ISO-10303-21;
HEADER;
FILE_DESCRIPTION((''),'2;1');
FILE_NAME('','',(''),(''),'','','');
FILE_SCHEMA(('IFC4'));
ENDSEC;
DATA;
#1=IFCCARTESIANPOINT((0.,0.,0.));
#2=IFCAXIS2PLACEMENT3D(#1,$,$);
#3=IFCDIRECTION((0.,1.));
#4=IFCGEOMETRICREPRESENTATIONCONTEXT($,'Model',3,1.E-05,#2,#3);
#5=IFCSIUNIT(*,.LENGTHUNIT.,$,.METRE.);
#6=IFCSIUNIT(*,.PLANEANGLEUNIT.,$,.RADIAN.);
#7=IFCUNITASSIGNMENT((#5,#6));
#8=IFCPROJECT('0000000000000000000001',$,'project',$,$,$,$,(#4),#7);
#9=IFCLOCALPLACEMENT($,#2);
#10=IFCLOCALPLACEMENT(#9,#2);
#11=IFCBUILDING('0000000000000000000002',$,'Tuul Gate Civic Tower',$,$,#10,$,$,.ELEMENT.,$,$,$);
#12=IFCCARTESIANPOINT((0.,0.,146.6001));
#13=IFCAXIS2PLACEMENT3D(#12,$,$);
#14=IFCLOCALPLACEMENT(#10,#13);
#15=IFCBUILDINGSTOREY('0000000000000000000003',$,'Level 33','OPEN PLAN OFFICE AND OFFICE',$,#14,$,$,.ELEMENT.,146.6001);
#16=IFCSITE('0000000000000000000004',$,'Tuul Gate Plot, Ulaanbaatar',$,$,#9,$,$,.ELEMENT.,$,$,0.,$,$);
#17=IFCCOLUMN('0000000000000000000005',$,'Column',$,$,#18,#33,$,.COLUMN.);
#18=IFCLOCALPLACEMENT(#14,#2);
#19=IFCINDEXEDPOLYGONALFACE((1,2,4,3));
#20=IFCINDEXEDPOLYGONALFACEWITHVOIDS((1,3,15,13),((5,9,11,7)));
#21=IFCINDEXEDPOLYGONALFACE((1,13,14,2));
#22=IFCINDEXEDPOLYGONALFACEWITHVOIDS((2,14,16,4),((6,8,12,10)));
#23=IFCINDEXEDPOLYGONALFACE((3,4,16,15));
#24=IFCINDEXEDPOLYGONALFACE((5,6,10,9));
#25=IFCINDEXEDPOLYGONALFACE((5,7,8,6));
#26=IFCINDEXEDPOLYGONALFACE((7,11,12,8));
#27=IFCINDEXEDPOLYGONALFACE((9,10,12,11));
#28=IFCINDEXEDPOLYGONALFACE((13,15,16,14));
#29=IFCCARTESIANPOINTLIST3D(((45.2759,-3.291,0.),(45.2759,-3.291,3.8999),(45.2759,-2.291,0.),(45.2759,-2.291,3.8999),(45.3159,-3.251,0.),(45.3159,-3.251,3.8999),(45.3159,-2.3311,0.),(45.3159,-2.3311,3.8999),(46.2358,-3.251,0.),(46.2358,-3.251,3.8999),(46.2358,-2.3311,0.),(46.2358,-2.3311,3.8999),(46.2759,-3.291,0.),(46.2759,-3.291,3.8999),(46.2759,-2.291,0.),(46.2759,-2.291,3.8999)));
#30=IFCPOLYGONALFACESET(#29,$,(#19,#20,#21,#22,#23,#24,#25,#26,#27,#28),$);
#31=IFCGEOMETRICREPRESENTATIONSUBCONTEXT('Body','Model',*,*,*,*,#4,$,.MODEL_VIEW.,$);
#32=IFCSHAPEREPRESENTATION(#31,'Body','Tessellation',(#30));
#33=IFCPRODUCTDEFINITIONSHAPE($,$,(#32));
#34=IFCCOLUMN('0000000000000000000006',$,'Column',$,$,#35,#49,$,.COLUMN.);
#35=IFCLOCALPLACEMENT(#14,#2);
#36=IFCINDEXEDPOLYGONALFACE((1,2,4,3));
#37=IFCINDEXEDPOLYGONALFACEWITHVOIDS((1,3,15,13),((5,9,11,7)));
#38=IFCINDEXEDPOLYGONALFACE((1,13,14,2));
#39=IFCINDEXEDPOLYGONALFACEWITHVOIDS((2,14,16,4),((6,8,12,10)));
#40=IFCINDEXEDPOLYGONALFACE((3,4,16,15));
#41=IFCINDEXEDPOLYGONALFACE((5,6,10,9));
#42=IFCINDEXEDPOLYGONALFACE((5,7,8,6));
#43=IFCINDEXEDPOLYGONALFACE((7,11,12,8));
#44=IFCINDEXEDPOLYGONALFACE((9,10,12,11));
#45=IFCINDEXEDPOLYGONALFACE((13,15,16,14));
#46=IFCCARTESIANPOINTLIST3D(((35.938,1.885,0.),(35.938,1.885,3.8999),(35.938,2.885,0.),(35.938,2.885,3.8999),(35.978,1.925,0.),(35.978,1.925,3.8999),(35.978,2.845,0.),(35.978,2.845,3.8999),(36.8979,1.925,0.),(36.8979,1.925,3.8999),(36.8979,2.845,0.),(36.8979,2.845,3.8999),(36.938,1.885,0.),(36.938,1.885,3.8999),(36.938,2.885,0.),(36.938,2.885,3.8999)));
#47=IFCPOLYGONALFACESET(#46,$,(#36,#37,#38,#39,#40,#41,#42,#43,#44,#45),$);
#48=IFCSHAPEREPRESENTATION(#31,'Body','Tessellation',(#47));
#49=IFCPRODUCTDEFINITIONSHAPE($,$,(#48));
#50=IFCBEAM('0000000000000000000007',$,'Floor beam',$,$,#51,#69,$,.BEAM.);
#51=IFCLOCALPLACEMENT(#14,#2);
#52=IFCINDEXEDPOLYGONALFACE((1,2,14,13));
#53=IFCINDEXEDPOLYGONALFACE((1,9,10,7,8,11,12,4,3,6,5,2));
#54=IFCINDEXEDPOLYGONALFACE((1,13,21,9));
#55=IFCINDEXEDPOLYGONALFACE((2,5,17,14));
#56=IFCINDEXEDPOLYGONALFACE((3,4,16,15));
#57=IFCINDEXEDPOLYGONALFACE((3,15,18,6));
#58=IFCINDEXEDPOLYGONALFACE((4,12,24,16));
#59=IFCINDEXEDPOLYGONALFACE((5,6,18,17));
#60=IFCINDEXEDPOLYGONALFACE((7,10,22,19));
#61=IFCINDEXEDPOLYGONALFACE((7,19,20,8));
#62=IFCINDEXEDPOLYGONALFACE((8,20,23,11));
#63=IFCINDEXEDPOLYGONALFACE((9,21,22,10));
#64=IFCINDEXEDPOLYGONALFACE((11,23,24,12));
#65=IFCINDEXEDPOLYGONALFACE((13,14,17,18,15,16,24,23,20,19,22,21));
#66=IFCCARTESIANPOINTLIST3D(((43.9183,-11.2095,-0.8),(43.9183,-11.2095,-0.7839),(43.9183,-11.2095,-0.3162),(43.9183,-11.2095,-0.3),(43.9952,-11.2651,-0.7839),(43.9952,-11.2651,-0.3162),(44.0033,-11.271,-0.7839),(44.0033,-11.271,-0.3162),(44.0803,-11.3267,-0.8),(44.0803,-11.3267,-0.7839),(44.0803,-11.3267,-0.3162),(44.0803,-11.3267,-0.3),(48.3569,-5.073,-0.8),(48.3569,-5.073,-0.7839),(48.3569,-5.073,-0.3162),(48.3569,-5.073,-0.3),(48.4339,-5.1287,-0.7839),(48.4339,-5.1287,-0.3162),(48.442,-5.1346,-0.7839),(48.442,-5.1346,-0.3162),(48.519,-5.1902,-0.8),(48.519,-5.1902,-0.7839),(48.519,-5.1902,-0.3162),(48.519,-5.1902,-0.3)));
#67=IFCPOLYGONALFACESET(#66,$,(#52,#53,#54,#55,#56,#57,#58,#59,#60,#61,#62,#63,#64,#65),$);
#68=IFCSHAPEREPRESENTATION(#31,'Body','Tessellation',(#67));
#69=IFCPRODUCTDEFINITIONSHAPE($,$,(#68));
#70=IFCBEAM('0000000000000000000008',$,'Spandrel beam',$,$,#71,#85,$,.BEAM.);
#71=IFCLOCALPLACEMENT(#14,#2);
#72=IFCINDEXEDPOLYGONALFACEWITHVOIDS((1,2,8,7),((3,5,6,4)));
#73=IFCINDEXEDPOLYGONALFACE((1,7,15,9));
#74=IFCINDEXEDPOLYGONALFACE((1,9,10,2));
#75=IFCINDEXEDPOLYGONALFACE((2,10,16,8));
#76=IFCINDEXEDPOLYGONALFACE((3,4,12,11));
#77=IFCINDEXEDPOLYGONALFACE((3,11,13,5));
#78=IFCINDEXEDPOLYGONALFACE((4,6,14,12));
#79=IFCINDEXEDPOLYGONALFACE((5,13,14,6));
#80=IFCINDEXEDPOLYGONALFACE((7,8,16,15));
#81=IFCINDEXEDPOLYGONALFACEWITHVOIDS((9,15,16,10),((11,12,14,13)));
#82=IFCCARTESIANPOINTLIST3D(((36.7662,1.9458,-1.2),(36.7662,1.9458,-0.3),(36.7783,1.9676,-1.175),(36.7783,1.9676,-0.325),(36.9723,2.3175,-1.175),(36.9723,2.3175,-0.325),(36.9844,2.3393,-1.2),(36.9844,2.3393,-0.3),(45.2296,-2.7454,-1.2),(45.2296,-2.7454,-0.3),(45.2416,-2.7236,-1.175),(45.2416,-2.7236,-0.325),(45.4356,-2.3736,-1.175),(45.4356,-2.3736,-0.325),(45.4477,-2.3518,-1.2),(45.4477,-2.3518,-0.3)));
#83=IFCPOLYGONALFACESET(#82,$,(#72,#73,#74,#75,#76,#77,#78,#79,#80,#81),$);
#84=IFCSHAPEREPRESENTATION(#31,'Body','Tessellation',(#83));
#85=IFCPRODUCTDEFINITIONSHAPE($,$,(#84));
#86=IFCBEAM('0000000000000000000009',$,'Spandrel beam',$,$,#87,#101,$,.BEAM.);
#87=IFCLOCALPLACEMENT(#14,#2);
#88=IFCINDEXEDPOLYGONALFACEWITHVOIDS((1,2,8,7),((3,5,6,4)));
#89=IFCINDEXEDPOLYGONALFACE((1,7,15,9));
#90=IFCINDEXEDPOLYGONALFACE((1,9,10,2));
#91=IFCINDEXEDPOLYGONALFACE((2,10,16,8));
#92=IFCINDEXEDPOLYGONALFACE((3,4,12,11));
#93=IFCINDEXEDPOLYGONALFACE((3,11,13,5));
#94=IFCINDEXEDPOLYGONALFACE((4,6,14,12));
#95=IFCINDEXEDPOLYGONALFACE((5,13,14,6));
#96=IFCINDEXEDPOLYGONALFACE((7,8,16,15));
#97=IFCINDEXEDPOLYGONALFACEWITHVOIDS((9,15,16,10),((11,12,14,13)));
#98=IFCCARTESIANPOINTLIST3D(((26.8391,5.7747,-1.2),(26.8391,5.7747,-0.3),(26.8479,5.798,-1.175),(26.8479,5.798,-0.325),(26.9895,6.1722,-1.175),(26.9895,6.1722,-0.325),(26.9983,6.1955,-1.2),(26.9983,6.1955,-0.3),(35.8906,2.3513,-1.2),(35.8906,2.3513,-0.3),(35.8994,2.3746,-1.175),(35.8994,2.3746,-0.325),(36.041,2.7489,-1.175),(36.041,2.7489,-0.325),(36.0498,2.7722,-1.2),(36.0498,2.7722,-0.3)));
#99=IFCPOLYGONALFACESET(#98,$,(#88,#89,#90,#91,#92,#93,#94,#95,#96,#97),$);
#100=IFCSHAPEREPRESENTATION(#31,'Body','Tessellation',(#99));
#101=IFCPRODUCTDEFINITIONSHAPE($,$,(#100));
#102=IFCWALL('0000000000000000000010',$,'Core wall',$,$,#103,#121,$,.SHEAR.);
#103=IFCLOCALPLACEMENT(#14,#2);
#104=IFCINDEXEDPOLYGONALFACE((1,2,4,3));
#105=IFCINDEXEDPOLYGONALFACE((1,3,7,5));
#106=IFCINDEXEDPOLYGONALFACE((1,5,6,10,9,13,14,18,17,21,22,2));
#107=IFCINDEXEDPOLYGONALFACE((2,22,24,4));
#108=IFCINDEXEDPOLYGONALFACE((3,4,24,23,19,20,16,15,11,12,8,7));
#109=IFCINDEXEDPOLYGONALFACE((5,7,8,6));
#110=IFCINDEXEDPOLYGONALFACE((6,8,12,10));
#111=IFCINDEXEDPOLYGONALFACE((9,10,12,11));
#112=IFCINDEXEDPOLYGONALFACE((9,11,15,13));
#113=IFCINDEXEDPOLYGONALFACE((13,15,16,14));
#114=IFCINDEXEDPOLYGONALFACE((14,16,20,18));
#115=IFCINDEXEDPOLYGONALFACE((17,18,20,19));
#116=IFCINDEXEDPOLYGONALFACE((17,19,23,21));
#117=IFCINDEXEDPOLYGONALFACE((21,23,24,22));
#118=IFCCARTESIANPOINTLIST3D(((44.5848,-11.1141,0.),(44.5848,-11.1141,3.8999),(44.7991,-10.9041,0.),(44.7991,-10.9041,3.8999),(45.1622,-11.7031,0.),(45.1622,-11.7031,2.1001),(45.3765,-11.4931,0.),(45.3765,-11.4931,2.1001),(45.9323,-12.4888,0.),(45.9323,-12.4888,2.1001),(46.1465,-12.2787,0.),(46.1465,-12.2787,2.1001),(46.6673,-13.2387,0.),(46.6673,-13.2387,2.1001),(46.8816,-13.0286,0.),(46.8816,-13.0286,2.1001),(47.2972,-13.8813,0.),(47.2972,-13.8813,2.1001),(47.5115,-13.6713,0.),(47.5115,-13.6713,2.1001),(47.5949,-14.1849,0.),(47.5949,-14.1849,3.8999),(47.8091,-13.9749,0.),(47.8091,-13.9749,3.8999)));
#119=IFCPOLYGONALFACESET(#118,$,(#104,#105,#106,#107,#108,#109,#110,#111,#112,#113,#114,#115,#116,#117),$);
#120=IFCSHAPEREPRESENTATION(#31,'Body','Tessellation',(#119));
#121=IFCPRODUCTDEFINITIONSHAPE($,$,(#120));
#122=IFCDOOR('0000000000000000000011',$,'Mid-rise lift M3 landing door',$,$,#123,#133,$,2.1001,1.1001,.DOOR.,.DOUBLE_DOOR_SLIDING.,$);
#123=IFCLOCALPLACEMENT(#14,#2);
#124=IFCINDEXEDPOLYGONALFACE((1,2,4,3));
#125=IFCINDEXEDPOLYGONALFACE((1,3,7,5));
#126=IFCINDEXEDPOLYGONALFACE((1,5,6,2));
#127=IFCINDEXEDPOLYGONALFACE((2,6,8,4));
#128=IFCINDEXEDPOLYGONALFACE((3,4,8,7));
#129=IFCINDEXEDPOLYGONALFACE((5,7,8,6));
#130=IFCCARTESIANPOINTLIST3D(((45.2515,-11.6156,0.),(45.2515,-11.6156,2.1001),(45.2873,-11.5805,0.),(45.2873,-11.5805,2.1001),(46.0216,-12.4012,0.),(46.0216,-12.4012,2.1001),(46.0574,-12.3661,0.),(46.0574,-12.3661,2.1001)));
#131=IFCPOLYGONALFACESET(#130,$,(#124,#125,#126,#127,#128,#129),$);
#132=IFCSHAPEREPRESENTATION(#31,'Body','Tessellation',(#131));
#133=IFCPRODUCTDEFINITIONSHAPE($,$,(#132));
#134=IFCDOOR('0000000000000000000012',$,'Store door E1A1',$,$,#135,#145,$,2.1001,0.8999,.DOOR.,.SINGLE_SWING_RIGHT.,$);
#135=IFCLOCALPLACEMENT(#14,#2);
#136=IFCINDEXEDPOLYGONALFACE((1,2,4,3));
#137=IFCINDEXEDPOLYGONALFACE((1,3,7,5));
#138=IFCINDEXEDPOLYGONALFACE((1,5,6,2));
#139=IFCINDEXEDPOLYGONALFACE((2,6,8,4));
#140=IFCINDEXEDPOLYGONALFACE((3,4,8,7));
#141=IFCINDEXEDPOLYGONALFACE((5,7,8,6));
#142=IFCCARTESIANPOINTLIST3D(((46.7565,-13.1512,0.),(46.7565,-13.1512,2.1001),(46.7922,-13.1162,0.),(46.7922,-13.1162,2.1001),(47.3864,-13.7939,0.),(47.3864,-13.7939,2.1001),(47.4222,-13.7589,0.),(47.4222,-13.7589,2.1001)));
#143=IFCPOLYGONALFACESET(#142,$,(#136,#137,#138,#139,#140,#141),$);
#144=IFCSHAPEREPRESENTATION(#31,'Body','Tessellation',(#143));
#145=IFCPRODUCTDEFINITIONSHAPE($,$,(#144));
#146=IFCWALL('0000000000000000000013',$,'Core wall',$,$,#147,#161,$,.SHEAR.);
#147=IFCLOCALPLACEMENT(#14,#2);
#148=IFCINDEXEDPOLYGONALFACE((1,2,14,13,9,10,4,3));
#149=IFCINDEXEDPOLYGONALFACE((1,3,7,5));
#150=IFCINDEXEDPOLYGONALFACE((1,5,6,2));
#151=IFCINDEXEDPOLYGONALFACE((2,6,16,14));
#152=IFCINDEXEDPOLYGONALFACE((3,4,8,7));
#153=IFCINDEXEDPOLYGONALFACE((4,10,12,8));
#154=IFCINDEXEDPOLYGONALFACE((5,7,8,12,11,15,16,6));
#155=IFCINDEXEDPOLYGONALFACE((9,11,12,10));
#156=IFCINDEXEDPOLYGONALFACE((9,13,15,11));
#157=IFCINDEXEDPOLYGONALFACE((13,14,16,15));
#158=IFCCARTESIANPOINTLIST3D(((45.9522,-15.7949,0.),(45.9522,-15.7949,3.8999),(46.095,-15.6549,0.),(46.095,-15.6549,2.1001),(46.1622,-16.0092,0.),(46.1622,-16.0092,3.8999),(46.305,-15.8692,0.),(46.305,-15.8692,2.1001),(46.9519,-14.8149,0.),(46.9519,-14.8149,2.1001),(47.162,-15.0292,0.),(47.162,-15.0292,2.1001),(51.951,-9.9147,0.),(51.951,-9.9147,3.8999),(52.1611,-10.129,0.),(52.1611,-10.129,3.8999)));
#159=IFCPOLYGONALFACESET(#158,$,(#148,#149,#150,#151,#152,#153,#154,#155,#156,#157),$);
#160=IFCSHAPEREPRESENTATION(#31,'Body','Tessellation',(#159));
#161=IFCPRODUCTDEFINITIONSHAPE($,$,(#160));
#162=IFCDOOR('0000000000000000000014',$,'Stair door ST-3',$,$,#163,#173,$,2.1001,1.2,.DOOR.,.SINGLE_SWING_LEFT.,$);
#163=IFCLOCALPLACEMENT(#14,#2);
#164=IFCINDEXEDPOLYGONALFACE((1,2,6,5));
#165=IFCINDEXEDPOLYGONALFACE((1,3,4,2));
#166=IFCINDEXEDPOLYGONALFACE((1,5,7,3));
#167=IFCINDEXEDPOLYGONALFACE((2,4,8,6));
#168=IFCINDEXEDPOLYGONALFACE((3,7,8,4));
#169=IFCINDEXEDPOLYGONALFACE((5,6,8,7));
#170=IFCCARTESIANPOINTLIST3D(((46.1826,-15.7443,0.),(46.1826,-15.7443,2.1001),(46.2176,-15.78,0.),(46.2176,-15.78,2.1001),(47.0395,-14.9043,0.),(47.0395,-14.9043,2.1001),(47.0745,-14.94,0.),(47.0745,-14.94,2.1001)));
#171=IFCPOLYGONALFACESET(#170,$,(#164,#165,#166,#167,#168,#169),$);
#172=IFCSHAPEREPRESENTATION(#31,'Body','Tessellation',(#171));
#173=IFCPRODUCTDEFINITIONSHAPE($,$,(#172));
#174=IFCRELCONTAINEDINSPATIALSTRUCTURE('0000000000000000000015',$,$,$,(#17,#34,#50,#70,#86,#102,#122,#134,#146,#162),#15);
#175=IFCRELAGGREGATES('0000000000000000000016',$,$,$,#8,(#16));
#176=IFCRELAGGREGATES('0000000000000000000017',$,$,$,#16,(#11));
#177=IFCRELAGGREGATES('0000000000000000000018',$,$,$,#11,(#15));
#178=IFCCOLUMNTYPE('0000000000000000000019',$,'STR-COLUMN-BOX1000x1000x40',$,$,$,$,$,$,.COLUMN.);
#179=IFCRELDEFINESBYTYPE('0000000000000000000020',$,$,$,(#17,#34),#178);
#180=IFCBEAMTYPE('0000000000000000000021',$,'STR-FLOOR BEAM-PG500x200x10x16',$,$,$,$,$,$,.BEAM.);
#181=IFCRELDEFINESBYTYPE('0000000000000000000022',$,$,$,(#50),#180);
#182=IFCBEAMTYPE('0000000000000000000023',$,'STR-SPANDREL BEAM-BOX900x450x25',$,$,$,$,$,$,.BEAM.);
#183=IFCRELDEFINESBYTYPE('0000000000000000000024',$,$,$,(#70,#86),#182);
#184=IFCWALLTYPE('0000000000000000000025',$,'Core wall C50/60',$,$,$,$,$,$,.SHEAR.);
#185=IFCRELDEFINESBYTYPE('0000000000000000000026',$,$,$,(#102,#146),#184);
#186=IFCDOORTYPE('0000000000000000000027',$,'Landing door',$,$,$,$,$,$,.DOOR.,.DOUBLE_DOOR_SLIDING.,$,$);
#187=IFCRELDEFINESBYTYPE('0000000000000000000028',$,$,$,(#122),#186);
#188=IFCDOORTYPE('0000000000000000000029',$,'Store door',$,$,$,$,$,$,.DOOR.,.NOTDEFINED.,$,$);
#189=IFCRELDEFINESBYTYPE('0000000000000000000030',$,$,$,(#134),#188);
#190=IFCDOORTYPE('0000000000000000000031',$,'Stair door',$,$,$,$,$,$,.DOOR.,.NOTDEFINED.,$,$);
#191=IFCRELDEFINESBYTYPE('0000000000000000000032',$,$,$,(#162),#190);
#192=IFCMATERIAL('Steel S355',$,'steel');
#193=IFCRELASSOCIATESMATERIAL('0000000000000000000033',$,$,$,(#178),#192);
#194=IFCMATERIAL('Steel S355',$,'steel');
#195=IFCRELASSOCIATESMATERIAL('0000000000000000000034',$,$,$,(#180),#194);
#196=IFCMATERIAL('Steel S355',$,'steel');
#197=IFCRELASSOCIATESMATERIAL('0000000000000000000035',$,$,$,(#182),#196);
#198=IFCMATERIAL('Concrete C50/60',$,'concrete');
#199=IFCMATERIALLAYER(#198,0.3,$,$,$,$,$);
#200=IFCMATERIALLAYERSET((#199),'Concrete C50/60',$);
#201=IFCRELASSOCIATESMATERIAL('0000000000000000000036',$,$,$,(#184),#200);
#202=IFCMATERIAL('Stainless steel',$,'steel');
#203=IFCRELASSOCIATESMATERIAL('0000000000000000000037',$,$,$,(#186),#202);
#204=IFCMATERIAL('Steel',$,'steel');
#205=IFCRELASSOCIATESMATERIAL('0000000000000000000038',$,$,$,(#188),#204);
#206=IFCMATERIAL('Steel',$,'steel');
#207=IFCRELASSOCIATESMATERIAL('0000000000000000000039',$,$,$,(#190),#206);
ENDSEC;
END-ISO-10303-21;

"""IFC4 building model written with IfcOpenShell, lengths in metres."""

from ifc_helpers import new_model, si_unit, direction, frame, frame_2d, origin, origin_2d, place, context, subcontext, project, spatial, rectangle, hollow_rectangle, i_section, extrude, material, layer, layer_set, material_profile, profile_set, type_object, element, fill, save


model = new_model("IFC4")

# Units and contexts
model_context = context("Model", 3, precision=1e-05, world=origin(), true_north=direction((0.0, 1.0)))
body_context = subcontext(model_context, "Body", "Model", "MODEL_VIEW")
ifc_project = project(units=[si_unit("LENGTHUNIT", "METRE"), si_unit("PLANEANGLEUNIT", "RADIAN")], contexts=[model_context])

# Site, building, storey
site_placement = place(None, origin())
site = spatial("IfcSite", under=ifc_project, at=site_placement, Name="Tuul Gate Plot, Ulaanbaatar", CompositionType="ELEMENT", RefElevation=0.0)
building_placement = place(site_placement, origin())
building = spatial("IfcBuilding", under=site, at=building_placement, Name="Tuul Gate Civic Tower", CompositionType="ELEMENT")
storey_placement = place(building_placement, frame((0.0, 0.0, 146.6001)))
storey = spatial("IfcBuildingStorey", under=building, at=storey_placement, Name="Level 33", Description="OPEN PLAN OFFICE AND OFFICE", CompositionType="ELEMENT", Elevation=146.6001)

# Columns
ifc_material_1 = material(Name="Steel S355", Category="steel")
ifc_material_profile_1 = material_profile(ifc_material_1, hollow_rectangle(XDim=1.0, YDim=1.0, WallThickness=0.04, at=origin_2d()), Name="BOX1000x1000x40")
ifc_profile_set_1 = profile_set([ifc_material_profile_1], Name="Steel S355")
column_type = type_object("IfcColumnType", Name="STR-COLUMN-BOX1000x1000x40", PredefinedType="COLUMN", material=ifc_profile_set_1)
for number, where, z_axis, x_axis, name in (
    (1, (45.7759, -2.791, 0.0), (0.0, 0.0, 1.0), (1.0, 0.0, 0.0), "Column"),
    (2, (36.438, 2.385, 0.0), (0.0, 0.0, 1.0), (1.0, 0.0, 0.0), "Column"),
):
    element("IfcColumn", number, at=place(storey_placement, frame(where, z_axis=z_axis, x_axis=x_axis)), inside=storey, type_object=column_type, Name=name, PredefinedType="COLUMN", context=body_context, shape_type="SweptSolid", body=[
        extrude(hollow_rectangle(XDim=1.0, YDim=1.0, WallThickness=0.04, at=origin_2d()), origin(), (0.0, 0.0, 1.0), 3.8999),
    ])

# Beams
ifc_material_2 = material(Name="Steel S355", Category="steel")
ifc_material_profile_2 = material_profile(ifc_material_2, i_section(OverallWidth=0.2, OverallDepth=0.5, WebThickness=0.01, FlangeThickness=0.0161, at=origin_2d()), Name="PG500x200x10x16")
ifc_profile_set_2 = profile_set([ifc_material_profile_2], Name="Steel S355")
beam_type_1 = type_object("IfcBeamType", Name="STR-FLOOR BEAM-PG500x200x10x16", PredefinedType="BEAM", material=ifc_profile_set_2)
beam_1_placement = place(storey_placement, frame((43.9993, -11.2681, -0.55), z_axis=(0.586082, 0.810251, 0.0), x_axis=(-0.810251, 0.586082, 0.0)))
element("IfcBeam", 3, at=beam_1_placement, inside=storey, type_object=beam_type_1, Name="Floor beam", PredefinedType="BEAM", context=body_context, shape_type="SweptSolid", body=[
    extrude(i_section(OverallWidth=0.2, OverallDepth=0.5, WebThickness=0.01, FlangeThickness=0.0161, at=origin_2d()), origin(), (0.0, 0.0, 1.0), 7.5735),
])
ifc_material_3 = material(Name="Steel S355", Category="steel")
ifc_material_profile_3 = material_profile(ifc_material_3, hollow_rectangle(XDim=0.45, YDim=0.8999, WallThickness=0.0249, at=origin_2d()), Name="BOX900x450x25")
ifc_profile_set_3 = profile_set([ifc_material_profile_3], Name="Steel S355")
beam_type_2 = type_object("IfcBeamType", Name="STR-SPANDREL BEAM-BOX900x450x25", PredefinedType="BEAM", material=ifc_profile_set_3)
beam_2_placement = place(storey_placement, frame((45.3386, -2.5486, -0.75), z_axis=(-0.874627, 0.484797, 0.0), x_axis=(-0.484797, -0.874627, 0.0)))
element("IfcBeam", 4, at=beam_2_placement, inside=storey, type_object=beam_type_2, Name="Spandrel beam", PredefinedType="BEAM", context=body_context, shape_type="SweptSolid", body=[
    extrude(hollow_rectangle(XDim=0.45, YDim=0.8999, WallThickness=0.0249, at=origin_2d()), origin(), (0.0, 0.0, 1.0), 9.6765),
])
beam_3_placement = place(storey_placement, frame((35.9702, 2.5618, -0.75), z_axis=(-0.93534, 0.353751, 0.0), x_axis=(-0.353751, -0.93534, 0.0)))
element("IfcBeam", 5, at=beam_3_placement, inside=storey, type_object=beam_type_2, Name="Spandrel beam", PredefinedType="BEAM", context=body_context, shape_type="SweptSolid", body=[
    extrude(hollow_rectangle(XDim=0.45, YDim=0.8999, WallThickness=0.0249, at=origin_2d()), origin(), (0.0, 0.0, 1.0), 9.6772),
])

# Wall, openings, doors
ifc_material_4 = material(Name="Concrete C50/60", Category="concrete")
ifc_layer_1 = layer(ifc_material_4, 0.3)
ifc_layer_set_1 = layer_set([ifc_layer_1], Name="Concrete C50/60")
wall_type_1 = type_object("IfcWallType", Name="Core wall C50/60", PredefinedType="SHEAR", material=ifc_layer_set_1)
wall_1_placement = place(storey_placement, frame((47.7019, -14.0798, 0.0), z_axis=(0.0, 0.0, 1.0), x_axis=(-0.700003, 0.71414, 0.0)))
wall_1 = element("IfcWall", 6, at=wall_1_placement, inside=storey, type_object=wall_type_1, Name="Core wall", PredefinedType="SHEAR", context=body_context, shape_type="SweptSolid", body=[
    extrude(rectangle(XDim=4.3, YDim=0.3, at=frame_2d((2.1499, 0.0))), origin(), (0.0, 0.0, 1.0), 3.8999),
])
opening_1_placement = place(wall_1_placement, frame((0.425, 0.0, 0.0)))
opening_1 = element("IfcOpeningElement", 7, at=opening_1_placement, cuts=wall_1, PredefinedType="OPENING", context=body_context, shape_type="SweptSolid", body=[
    extrude(rectangle(XDim=0.8999, YDim=2.1001, at=frame_2d((0.45, 1.05))), frame((0.0, 0.1602, 0.0), z_axis=(0.0, -1.0, 0.0), x_axis=(1.0, 0.0, 0.0)), (0.0, 0.0, 1.0), 0.3201),
])
opening_2_placement = place(wall_1_placement, frame((2.375, 0.0, 0.0)))
opening_2 = element("IfcOpeningElement", 8, at=opening_2_placement, cuts=wall_1, PredefinedType="OPENING", context=body_context, shape_type="SweptSolid", body=[
    extrude(rectangle(XDim=1.1001, YDim=2.1001, at=frame_2d((0.55, 1.05))), frame((0.0, 0.1602, 0.0), z_axis=(0.0, -1.0, 0.0), x_axis=(1.0, 0.0, 0.0)), (0.0, 0.0, 1.0), 0.3201),
])
ifc_material_5 = material(Name="Stainless steel", Category="steel")
door_type_1 = type_object("IfcDoorType", Name="Landing door", OperationType="DOUBLE_DOOR_SLIDING", PredefinedType="DOOR", material=ifc_material_5)
door_1_placement = place(opening_2_placement, origin())
door_1 = element("IfcDoor", 9, at=door_1_placement, inside=storey, type_object=door_type_1, Name="Mid-rise lift M3 landing door", OperationType="DOUBLE_DOOR_SLIDING", OverallHeight=2.1001, OverallWidth=1.1001, PredefinedType="DOOR", context=body_context, shape_type="SweptSolid", body=[
    extrude(rectangle(XDim=1.1001, YDim=2.1001, at=frame_2d((0.55, 1.05))), frame((0.0, 0.0249, 0.0), z_axis=(0.0, -1.0, 0.0), x_axis=(1.0, 0.0, 0.0)), (0.0, 0.0, 1.0), 0.05),
])
fill(opening_2, door_1)
ifc_material_6 = material(Name="Steel", Category="steel")
door_type_2 = type_object("IfcDoorType", Name="Store door", OperationType="NOTDEFINED", PredefinedType="DOOR", material=ifc_material_6)
door_2_placement = place(opening_1_placement, frame((0.8999, 0.0, 0.0), z_axis=(0.0, 0.0, 1.0), x_axis=(-1.0, 0.0, 0.0)))
door_2 = element("IfcDoor", 10, at=door_2_placement, inside=storey, type_object=door_type_2, Name="Store door E1A1", OperationType="SINGLE_SWING_RIGHT", OverallHeight=2.1001, OverallWidth=0.8999, PredefinedType="DOOR", context=body_context, shape_type="SweptSolid", body=[
    extrude(rectangle(XDim=0.8999, YDim=2.1001, at=frame_2d((0.45, 1.05))), frame((0.0, 0.0249, 0.0), z_axis=(0.0, -1.0, 0.0), x_axis=(1.0, 0.0, 0.0)), (0.0, 0.0, 1.0), 0.05),
])
fill(opening_1, door_2)

# Wall, opening, door
wall_2_placement = place(storey_placement, frame((46.0571, -15.9021, 0.0), z_axis=(0.0, 0.0, 1.0), x_axis=(0.714134, 0.700009, 0.0)))
wall_2 = element("IfcWall", 11, at=wall_2_placement, inside=storey, type_object=wall_type_1, Name="Core wall", PredefinedType="SHEAR", context=body_context, shape_type="SweptSolid", body=[
    extrude(rectangle(XDim=8.4001, YDim=0.3, at=frame_2d((4.2002, 0.0))), origin(), (0.0, 0.0, 1.0), 3.8999),
])
opening_3_placement = place(wall_2_placement, frame((0.2, 0.0, 0.0)))
opening_3 = element("IfcOpeningElement", 12, at=opening_3_placement, cuts=wall_2, PredefinedType="OPENING", context=body_context, shape_type="SweptSolid", body=[
    extrude(rectangle(XDim=1.2, YDim=2.1001, at=frame_2d((0.6001, 1.05))), frame((0.0, 0.1602, 0.0), z_axis=(0.0, -1.0, 0.0), x_axis=(1.0, 0.0, 0.0)), (0.0, 0.0, 1.0), 0.3201),
])
ifc_material_7 = material(Name="Steel", Category="steel")
door_type_3 = type_object("IfcDoorType", Name="Stair door", OperationType="NOTDEFINED", PredefinedType="DOOR", material=ifc_material_7)
door_3_placement = place(opening_3_placement, origin())
door_3 = element("IfcDoor", 13, at=door_3_placement, inside=storey, type_object=door_type_3, Name="Stair door ST-3", OperationType="SINGLE_SWING_LEFT", OverallHeight=2.1001, OverallWidth=1.2, PredefinedType="DOOR", context=body_context, shape_type="SweptSolid", body=[
    extrude(rectangle(XDim=1.2, YDim=2.1001, at=frame_2d((0.6001, 1.05))), frame((0.0, 0.0249, 0.0), z_axis=(0.0, -1.0, 0.0), x_axis=(1.0, 0.0, 0.0)), (0.0, 0.0, 1.0), 0.05),
])
fill(opening_3, door_3)

save(model, "model.ifc")
